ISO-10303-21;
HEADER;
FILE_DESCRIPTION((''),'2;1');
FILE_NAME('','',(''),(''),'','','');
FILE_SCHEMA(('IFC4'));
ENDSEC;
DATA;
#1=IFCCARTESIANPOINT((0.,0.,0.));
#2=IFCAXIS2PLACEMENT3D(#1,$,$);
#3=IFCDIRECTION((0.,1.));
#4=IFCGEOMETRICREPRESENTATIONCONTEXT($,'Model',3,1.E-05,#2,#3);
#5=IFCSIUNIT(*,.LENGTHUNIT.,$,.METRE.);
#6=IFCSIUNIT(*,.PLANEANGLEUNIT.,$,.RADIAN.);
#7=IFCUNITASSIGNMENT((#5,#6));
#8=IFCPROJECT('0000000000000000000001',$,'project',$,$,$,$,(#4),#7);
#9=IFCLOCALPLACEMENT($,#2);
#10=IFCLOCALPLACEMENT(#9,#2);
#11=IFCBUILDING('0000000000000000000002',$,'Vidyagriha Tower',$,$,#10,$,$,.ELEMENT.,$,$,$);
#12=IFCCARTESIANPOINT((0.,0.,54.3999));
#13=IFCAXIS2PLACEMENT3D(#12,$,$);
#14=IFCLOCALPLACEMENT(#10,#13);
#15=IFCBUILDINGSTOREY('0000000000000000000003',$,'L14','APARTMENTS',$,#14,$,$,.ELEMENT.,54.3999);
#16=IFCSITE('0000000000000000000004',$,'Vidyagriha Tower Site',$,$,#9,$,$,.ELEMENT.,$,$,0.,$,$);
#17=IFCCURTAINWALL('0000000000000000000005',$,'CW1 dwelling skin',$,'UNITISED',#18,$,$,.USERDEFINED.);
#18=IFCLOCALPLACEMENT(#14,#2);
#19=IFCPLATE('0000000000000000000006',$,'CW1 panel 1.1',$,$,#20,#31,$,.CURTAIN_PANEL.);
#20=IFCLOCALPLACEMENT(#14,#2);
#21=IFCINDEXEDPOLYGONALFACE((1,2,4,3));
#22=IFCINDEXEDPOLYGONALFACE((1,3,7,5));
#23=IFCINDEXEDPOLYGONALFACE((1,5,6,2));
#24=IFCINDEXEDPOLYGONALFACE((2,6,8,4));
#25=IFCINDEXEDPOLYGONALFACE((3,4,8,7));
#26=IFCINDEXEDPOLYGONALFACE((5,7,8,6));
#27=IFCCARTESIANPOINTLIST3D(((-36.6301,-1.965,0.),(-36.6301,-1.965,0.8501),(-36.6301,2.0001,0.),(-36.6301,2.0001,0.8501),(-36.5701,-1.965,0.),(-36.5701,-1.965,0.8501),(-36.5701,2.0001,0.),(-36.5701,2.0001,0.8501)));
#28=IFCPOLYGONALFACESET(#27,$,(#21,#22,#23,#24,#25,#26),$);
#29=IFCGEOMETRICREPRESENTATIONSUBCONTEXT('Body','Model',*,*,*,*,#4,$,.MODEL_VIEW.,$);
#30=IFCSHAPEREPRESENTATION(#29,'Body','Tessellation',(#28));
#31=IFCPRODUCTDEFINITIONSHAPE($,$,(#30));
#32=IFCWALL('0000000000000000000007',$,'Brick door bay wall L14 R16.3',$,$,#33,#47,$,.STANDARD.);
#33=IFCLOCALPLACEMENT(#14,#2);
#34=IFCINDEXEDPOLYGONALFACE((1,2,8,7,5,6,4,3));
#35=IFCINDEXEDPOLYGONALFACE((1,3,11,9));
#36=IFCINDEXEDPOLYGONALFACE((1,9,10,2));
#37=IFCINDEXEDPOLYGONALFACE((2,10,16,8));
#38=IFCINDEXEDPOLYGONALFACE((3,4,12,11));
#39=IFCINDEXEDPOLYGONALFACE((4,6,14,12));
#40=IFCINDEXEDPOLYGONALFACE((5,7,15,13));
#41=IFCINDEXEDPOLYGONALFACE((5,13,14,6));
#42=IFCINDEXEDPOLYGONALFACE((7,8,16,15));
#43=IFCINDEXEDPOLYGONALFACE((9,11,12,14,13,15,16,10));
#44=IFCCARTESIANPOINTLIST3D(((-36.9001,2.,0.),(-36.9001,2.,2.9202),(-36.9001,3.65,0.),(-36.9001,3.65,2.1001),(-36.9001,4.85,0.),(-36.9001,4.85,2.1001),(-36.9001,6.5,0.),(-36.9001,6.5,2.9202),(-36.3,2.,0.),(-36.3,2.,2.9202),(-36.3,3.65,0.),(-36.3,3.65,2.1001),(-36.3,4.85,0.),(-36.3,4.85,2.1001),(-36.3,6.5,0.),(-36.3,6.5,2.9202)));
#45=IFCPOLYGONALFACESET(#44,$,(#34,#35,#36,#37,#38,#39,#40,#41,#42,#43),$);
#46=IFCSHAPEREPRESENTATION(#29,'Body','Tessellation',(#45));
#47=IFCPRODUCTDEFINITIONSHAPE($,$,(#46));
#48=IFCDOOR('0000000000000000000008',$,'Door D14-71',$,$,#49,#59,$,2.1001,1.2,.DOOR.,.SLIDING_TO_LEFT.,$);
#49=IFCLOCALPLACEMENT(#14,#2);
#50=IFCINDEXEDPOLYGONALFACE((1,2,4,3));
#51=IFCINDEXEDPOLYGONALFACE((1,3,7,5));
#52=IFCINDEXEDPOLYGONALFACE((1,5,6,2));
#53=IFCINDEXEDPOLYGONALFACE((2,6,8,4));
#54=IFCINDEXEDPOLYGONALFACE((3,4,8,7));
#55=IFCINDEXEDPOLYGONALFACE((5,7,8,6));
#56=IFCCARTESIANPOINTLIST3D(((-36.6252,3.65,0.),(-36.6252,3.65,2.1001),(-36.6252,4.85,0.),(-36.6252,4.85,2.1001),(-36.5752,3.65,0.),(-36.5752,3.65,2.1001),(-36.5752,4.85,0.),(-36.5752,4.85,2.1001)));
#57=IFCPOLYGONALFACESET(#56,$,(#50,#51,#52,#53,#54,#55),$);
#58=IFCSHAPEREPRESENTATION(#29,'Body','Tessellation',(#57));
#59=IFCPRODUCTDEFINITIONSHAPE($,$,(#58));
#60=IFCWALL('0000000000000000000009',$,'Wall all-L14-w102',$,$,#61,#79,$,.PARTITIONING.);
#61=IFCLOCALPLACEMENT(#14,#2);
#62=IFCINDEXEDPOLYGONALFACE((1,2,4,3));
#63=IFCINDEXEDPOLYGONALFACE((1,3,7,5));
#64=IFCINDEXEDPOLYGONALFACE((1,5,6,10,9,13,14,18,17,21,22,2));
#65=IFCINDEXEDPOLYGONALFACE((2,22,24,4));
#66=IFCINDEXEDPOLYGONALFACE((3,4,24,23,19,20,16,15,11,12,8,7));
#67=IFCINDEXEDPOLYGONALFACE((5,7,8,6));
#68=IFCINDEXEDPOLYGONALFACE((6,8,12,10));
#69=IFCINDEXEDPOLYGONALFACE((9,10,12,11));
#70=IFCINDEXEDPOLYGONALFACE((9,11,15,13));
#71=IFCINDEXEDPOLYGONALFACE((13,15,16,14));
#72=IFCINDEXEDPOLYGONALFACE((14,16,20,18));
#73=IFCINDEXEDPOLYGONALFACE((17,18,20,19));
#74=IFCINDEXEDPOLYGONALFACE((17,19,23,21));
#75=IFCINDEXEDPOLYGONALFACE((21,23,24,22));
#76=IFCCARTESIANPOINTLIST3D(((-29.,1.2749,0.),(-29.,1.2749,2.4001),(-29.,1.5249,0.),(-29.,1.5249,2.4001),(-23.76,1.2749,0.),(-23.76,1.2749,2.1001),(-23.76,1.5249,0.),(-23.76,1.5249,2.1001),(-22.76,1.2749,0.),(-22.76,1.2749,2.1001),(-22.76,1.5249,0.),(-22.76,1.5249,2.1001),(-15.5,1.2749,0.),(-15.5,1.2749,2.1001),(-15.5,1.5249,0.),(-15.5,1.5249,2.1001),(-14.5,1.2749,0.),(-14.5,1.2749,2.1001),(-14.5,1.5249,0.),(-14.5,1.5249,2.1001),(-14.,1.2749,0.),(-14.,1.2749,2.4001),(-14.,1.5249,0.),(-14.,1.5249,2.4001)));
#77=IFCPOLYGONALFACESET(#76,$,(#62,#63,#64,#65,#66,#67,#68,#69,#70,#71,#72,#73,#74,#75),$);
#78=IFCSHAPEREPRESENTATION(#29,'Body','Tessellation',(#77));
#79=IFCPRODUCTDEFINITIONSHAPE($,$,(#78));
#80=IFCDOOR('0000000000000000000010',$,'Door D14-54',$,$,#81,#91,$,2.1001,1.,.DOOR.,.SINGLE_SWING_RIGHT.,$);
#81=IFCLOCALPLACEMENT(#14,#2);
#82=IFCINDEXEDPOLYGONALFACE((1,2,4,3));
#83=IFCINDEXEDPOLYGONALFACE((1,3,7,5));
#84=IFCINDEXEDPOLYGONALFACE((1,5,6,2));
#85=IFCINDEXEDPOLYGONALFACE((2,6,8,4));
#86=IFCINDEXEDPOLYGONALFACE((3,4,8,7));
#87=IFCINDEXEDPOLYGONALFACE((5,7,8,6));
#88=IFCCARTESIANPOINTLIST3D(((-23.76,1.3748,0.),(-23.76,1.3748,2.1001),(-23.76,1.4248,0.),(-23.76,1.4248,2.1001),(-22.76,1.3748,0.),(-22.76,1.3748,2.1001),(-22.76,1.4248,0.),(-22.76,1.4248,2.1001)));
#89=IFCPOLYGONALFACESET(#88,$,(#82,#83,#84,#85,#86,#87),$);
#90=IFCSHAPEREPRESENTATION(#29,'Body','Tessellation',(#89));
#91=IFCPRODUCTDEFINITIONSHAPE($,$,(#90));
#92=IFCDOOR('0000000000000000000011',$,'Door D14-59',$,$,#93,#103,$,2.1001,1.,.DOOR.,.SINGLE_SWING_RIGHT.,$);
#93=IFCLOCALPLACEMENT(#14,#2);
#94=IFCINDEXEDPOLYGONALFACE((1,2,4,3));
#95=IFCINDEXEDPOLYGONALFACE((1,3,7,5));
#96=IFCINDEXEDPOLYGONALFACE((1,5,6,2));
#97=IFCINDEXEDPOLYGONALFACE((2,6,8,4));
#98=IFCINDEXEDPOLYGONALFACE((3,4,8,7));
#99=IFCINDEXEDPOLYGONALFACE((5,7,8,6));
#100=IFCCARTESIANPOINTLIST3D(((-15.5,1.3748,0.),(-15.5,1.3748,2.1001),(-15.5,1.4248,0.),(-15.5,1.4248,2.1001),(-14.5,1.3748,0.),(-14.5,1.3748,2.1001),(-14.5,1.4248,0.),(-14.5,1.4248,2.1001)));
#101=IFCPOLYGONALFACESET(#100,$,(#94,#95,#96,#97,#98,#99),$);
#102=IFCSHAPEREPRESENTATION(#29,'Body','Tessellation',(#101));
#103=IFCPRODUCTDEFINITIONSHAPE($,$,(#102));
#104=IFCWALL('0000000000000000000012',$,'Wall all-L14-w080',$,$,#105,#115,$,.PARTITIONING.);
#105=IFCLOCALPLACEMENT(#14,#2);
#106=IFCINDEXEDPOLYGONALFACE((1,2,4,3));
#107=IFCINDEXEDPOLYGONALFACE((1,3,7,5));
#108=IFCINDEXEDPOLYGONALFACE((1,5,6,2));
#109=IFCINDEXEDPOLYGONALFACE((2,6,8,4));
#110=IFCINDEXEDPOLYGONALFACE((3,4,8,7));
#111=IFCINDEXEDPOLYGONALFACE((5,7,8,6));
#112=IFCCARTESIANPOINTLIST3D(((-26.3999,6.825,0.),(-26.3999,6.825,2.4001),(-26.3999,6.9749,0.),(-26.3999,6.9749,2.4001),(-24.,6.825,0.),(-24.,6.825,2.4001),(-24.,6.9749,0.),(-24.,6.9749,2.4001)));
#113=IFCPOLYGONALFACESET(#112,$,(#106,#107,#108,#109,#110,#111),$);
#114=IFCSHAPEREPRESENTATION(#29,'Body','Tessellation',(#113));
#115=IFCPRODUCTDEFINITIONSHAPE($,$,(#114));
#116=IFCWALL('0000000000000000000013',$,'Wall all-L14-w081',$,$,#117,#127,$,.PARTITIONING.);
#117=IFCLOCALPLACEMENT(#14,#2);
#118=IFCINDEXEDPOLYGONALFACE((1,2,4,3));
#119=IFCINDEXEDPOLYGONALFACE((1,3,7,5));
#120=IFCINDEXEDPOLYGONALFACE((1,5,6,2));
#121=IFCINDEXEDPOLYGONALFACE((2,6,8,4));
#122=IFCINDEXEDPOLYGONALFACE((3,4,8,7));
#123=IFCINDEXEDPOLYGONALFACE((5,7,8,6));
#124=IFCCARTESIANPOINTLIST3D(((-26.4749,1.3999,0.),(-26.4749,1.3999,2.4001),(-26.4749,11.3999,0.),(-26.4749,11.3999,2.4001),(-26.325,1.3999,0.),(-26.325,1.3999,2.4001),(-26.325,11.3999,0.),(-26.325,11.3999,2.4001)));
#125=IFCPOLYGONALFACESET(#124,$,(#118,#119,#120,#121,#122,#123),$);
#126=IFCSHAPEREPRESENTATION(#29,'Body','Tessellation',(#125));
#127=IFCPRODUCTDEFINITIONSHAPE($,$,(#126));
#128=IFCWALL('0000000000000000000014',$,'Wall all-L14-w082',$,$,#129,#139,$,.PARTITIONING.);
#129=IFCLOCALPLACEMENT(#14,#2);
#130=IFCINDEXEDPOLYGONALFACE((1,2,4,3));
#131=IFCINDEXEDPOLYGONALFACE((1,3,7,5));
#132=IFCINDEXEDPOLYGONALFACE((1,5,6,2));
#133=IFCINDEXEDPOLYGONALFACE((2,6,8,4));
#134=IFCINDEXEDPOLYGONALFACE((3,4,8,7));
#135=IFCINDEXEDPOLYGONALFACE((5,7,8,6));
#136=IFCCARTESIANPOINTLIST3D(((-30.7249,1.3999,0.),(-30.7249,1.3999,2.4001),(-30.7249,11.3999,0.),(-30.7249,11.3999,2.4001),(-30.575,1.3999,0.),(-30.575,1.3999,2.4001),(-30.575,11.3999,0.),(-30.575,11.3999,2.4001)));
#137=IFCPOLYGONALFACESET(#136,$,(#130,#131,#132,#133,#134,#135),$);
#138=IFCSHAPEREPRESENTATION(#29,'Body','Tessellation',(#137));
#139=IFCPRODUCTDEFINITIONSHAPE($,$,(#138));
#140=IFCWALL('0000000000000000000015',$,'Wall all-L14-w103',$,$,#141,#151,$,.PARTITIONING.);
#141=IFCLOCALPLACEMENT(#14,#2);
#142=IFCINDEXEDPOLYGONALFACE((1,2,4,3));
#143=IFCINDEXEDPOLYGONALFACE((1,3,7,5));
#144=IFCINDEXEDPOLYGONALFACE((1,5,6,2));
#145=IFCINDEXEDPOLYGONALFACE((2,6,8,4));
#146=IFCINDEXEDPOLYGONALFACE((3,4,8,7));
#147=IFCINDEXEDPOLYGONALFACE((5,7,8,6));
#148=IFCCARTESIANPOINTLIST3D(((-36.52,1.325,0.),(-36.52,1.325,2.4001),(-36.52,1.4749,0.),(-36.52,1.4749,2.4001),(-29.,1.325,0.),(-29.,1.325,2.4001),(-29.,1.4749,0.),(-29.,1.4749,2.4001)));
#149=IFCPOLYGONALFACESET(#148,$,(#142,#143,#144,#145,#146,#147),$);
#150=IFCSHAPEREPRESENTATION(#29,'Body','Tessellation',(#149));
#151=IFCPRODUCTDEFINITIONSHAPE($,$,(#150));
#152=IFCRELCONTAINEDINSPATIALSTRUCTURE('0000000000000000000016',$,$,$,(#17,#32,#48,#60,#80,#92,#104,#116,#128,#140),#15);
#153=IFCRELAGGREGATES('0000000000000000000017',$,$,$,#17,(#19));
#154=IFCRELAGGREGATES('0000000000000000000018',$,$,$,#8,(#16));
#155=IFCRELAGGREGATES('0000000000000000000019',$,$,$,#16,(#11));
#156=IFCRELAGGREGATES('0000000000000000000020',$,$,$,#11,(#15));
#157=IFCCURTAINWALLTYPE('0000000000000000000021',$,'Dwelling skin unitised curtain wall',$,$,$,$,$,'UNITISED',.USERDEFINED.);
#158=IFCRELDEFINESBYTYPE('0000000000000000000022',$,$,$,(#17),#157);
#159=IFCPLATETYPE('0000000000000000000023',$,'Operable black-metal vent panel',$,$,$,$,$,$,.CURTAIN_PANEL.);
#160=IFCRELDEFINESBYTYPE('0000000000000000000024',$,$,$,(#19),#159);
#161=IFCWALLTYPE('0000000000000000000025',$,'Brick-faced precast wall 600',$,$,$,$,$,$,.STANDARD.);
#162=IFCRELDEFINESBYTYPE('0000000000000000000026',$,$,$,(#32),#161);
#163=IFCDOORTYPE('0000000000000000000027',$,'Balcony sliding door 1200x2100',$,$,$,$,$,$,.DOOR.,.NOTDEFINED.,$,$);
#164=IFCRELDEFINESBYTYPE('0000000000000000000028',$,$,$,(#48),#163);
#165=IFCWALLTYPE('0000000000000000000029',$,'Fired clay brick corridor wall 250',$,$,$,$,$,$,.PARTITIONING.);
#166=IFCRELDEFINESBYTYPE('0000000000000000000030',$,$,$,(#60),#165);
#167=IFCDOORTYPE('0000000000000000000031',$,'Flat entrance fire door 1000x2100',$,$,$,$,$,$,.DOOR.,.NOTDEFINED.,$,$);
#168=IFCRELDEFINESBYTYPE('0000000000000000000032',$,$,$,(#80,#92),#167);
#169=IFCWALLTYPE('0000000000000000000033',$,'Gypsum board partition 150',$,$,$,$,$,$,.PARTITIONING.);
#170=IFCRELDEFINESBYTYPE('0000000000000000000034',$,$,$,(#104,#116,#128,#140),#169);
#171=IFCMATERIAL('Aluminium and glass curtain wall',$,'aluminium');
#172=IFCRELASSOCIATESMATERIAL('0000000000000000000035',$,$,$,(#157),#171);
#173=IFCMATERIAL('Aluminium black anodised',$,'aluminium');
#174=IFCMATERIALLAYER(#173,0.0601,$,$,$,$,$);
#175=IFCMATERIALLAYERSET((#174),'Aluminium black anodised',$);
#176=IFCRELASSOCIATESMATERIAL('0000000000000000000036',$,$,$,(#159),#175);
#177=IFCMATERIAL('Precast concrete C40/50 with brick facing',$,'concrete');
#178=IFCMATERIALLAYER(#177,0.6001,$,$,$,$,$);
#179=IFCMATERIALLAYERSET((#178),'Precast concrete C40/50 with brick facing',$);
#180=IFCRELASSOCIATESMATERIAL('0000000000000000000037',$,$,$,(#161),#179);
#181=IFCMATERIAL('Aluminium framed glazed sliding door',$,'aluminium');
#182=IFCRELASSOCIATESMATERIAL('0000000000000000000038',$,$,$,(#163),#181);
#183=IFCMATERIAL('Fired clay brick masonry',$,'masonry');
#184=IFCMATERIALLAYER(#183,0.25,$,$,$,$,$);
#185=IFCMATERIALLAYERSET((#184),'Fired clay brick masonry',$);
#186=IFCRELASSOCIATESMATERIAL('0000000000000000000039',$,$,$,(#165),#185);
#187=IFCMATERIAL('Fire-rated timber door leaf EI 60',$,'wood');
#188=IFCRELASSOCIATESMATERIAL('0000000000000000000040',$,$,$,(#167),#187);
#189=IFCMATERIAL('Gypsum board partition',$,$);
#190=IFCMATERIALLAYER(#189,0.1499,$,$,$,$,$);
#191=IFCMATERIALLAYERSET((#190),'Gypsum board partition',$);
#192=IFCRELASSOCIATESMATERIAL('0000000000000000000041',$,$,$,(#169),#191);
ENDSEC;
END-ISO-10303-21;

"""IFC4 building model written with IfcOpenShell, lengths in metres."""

from ifc_helpers import new_model, si_unit, direction, frame, frame_2d, origin, origin_2d, place, context, subcontext, project, spatial, rectangle, extrude, material, layer, layer_set, type_object, element, fill, aggregate, save


model = new_model("IFC4")

# Units and contexts
model_context = context("Model", 3, precision=1e-05, world=origin(), true_north=direction((0.0, 1.0)))
body_context = subcontext(model_context, "Body", "Model", "MODEL_VIEW")
ifc_project = project(units=[si_unit("LENGTHUNIT", "METRE"), si_unit("PLANEANGLEUNIT", "RADIAN")], contexts=[model_context])

# Site, building, storey
site_placement = place(None, origin())
site = spatial("IfcSite", under=ifc_project, at=site_placement, Name="Vidyagriha Tower Site", CompositionType="ELEMENT", RefElevation=0.0)
building_placement = place(site_placement, origin())
building = spatial("IfcBuilding", under=site, at=building_placement, Name="Vidyagriha Tower", CompositionType="ELEMENT")
storey_placement = place(building_placement, frame((0.0, 0.0, 54.3999)))
storey = spatial("IfcBuildingStorey", under=building, at=storey_placement, Name="L14", Description="APARTMENTS", CompositionType="ELEMENT", Elevation=54.3999)

# Shared definitions
ifc_material_1 = material(Name="Aluminium and glass curtain wall", Category="aluminium")
curtain_wall_type = type_object("IfcCurtainWallType", Name="Dwelling skin unitised curtain wall", ElementType="UNITISED", PredefinedType="USERDEFINED", material=ifc_material_1)

# Curtain wall
curtain_wall_1_placement = place(storey_placement, origin())
curtain_wall_1 = element("IfcCurtainWall", 1, at=curtain_wall_1_placement, inside=storey, type_object=curtain_wall_type, Name="CW1 dwelling skin", ObjectType="UNITISED", PredefinedType="USERDEFINED")

# Plate
ifc_material_2 = material(Name="Aluminium black anodised", Category="aluminium")
ifc_layer_1 = layer(ifc_material_2, 0.0601)
ifc_layer_set_1 = layer_set([ifc_layer_1], Name="Aluminium black anodised")
plate_type_1 = type_object("IfcPlateType", Name="Operable black-metal vent panel", PredefinedType="CURTAIN_PANEL", material=ifc_layer_set_1)
plate_1_placement = place(storey_placement, frame((-36.6001, 0.0176, 0.0), z_axis=(0.0, 0.0, 1.0), x_axis=(0.0, -1.0, 0.0)))
plate_1 = element("IfcPlate", 2, at=plate_1_placement, type_object=plate_type_1, Name="CW1 panel 1.1", PredefinedType="CURTAIN_PANEL", context=body_context, shape_type="SweptSolid", body=[
    extrude(rectangle(XDim=3.9651, YDim=0.0601, at=origin_2d()), origin(), (0.0, 0.0, 1.0), 0.8501),
])
aggregate(curtain_wall_1, [plate_1])

# Wall, opening, door
ifc_material_3 = material(Name="Precast concrete C40/50 with brick facing", Category="concrete")
ifc_layer_2 = layer(ifc_material_3, 0.6001)
ifc_layer_set_2 = layer_set([ifc_layer_2], Name="Precast concrete C40/50 with brick facing")
wall_type_1 = type_object("IfcWallType", Name="Brick-faced precast wall 600", PredefinedType="STANDARD", material=ifc_layer_set_2)
wall_1_placement = place(storey_placement, frame((-36.6001, 6.5, 0.0), z_axis=(0.0, 0.0, 1.0), x_axis=(0.0, -1.0, 0.0)))
wall_1 = element("IfcWall", 3, at=wall_1_placement, inside=storey, type_object=wall_type_1, Name="Brick door bay wall L14 R16.3", PredefinedType="STANDARD", context=body_context, shape_type="SweptSolid", body=[
    extrude(rectangle(XDim=4.5, YDim=0.6001, at=frame_2d((2.25, 0.0))), origin(), (0.0, 0.0, 1.0), 2.9202),
])
opening_1_placement = place(wall_1_placement, frame((1.6499, 0.0, 0.0)))
opening_1 = element("IfcOpeningElement", 4, at=opening_1_placement, cuts=wall_1, PredefinedType="OPENING", context=body_context, shape_type="SweptSolid", body=[
    extrude(rectangle(XDim=1.2, YDim=2.1001, at=frame_2d((0.6001, 1.05))), frame((0.0, 0.3101, 0.0), z_axis=(0.0, -1.0, 0.0), x_axis=(1.0, 0.0, 0.0)), (0.0, 0.0, 1.0), 0.6201),
])
ifc_material_4 = material(Name="Aluminium framed glazed sliding door", Category="aluminium")
door_type_1 = type_object("IfcDoorType", Name="Balcony sliding door 1200x2100", OperationType="NOTDEFINED", PredefinedType="DOOR", material=ifc_material_4)
door_1_placement = place(opening_1_placement, origin())
door_1 = element("IfcDoor", 5, at=door_1_placement, inside=storey, type_object=door_type_1, Name="Door D14-71", OperationType="SLIDING_TO_LEFT", OverallHeight=2.1001, OverallWidth=1.2, PredefinedType="DOOR", context=body_context, shape_type="SweptSolid", body=[
    extrude(rectangle(XDim=1.2, YDim=2.1001, at=frame_2d((0.6001, 1.05))), frame((0.0, 0.0249, 0.0), z_axis=(0.0, -1.0, 0.0), x_axis=(1.0, 0.0, 0.0)), (0.0, 0.0, 1.0), 0.05),
])
fill(opening_1, door_1)

# Wall, openings, doors
ifc_material_5 = material(Name="Fired clay brick masonry", Category="masonry")
ifc_layer_3 = layer(ifc_material_5, 0.25)
ifc_layer_set_3 = layer_set([ifc_layer_3], Name="Fired clay brick masonry")
wall_type_2 = type_object("IfcWallType", Name="Fired clay brick corridor wall 250", PredefinedType="PARTITIONING", material=ifc_layer_set_3)
wall_2_placement = place(storey_placement, frame((-29.0, 1.3999, 0.0)))
wall_2 = element("IfcWall", 6, at=wall_2_placement, inside=storey, type_object=wall_type_2, Name="Wall all-L14-w102", PredefinedType="PARTITIONING", context=body_context, shape_type="SweptSolid", body=[
    extrude(rectangle(XDim=15.0, YDim=0.25, at=frame_2d((7.5, 0.0))), origin(), (0.0, 0.0, 1.0), 2.4001),
])
opening_2_placement = place(wall_2_placement, frame((5.24, 0.0, 0.0)))
opening_2 = element("IfcOpeningElement", 7, at=opening_2_placement, cuts=wall_2, PredefinedType="OPENING", context=body_context, shape_type="SweptSolid", body=[
    extrude(rectangle(XDim=1.0, YDim=2.1001, at=frame_2d((0.5, 1.05))), frame((0.0, 0.135, 0.0), z_axis=(0.0, -1.0, 0.0), x_axis=(1.0, 0.0, 0.0)), (0.0, 0.0, 1.0), 0.27),
])
opening_3_placement = place(wall_2_placement, frame((13.5, 0.0, 0.0)))
opening_3 = element("IfcOpeningElement", 8, at=opening_3_placement, cuts=wall_2, PredefinedType="OPENING", context=body_context, shape_type="SweptSolid", body=[
    extrude(rectangle(XDim=1.0, YDim=2.1001, at=frame_2d((0.5, 1.05))), frame((0.0, 0.135, 0.0), z_axis=(0.0, -1.0, 0.0), x_axis=(1.0, 0.0, 0.0)), (0.0, 0.0, 1.0), 0.27),
])
ifc_material_6 = material(Name="Fire-rated timber door leaf EI 60", Category="wood")
door_type_2 = type_object("IfcDoorType", Name="Flat entrance fire door 1000x2100", OperationType="NOTDEFINED", PredefinedType="DOOR", material=ifc_material_6)
door_2_placement = place(opening_2_placement, origin())
door_2 = element("IfcDoor", 9, at=door_2_placement, inside=storey, type_object=door_type_2, Name="Door D14-54", OperationType="SINGLE_SWING_RIGHT", OverallHeight=2.1001, OverallWidth=1.0, PredefinedType="DOOR", context=body_context, shape_type="SweptSolid", body=[
    extrude(rectangle(XDim=1.0, YDim=2.1001, at=frame_2d((0.5, 1.05))), frame((0.0, 0.0249, 0.0), z_axis=(0.0, -1.0, 0.0), x_axis=(1.0, 0.0, 0.0)), (0.0, 0.0, 1.0), 0.05),
])
fill(opening_2, door_2)
door_3_placement = place(opening_3_placement, origin())
door_3 = element("IfcDoor", 10, at=door_3_placement, inside=storey, type_object=door_type_2, Name="Door D14-59", OperationType="SINGLE_SWING_RIGHT", OverallHeight=2.1001, OverallWidth=1.0, PredefinedType="DOOR", context=body_context, shape_type="SweptSolid", body=[
    extrude(rectangle(XDim=1.0, YDim=2.1001, at=frame_2d((0.5, 1.05))), frame((0.0, 0.0249, 0.0), z_axis=(0.0, -1.0, 0.0), x_axis=(1.0, 0.0, 0.0)), (0.0, 0.0, 1.0), 0.05),
])
fill(opening_3, door_3)

# Walls
ifc_material_7 = material(Name="Gypsum board partition")
ifc_layer_4 = layer(ifc_material_7, 0.1499)
ifc_layer_set_4 = layer_set([ifc_layer_4], Name="Gypsum board partition")
wall_type_3 = type_object("IfcWallType", Name="Gypsum board partition 150", PredefinedType="PARTITIONING", material=ifc_layer_set_4)
wall_3_placement = place(storey_placement, frame((-26.3999, 6.8999, 0.0)))
element("IfcWall", 11, at=wall_3_placement, inside=storey, type_object=wall_type_3, Name="Wall all-L14-w080", PredefinedType="PARTITIONING", context=body_context, shape_type="SweptSolid", body=[
    extrude(rectangle(XDim=2.3999, YDim=0.1499, at=frame_2d((1.2, 0.0))), origin(), (0.0, 0.0, 1.0), 2.4001),
])
for number, where, z_axis, x_axis, name in (
    (12, (-26.3999, 1.3999, 0.0), (0.0, 0.0, 1.0), (0.0, 1.0, 0.0), "Wall all-L14-w081"),
    (13, (-30.6499, 1.3999, 0.0), (0.0, 0.0, 1.0), (0.0, 1.0, 0.0), "Wall all-L14-w082"),
):
    element("IfcWall", number, at=place(storey_placement, frame(where, z_axis=z_axis, x_axis=x_axis)), inside=storey, type_object=wall_type_3, Name=name, PredefinedType="PARTITIONING", context=body_context, shape_type="SweptSolid", body=[
        extrude(rectangle(XDim=10.0, YDim=0.1499, at=frame_2d((5.0, 0.0))), origin(), (0.0, 0.0, 1.0), 2.4001),
    ])
wall_4_placement = place(storey_placement, frame((-36.52, 1.3999, 0.0)))
element("IfcWall", 14, at=wall_4_placement, inside=storey, type_object=wall_type_3, Name="Wall all-L14-w103", PredefinedType="PARTITIONING", context=body_context, shape_type="SweptSolid", body=[
    extrude(rectangle(XDim=7.52, YDim=0.1499, at=frame_2d((3.76, 0.0))), origin(), (0.0, 0.0, 1.0), 2.4001),
])

save(model, "model.ifc")
